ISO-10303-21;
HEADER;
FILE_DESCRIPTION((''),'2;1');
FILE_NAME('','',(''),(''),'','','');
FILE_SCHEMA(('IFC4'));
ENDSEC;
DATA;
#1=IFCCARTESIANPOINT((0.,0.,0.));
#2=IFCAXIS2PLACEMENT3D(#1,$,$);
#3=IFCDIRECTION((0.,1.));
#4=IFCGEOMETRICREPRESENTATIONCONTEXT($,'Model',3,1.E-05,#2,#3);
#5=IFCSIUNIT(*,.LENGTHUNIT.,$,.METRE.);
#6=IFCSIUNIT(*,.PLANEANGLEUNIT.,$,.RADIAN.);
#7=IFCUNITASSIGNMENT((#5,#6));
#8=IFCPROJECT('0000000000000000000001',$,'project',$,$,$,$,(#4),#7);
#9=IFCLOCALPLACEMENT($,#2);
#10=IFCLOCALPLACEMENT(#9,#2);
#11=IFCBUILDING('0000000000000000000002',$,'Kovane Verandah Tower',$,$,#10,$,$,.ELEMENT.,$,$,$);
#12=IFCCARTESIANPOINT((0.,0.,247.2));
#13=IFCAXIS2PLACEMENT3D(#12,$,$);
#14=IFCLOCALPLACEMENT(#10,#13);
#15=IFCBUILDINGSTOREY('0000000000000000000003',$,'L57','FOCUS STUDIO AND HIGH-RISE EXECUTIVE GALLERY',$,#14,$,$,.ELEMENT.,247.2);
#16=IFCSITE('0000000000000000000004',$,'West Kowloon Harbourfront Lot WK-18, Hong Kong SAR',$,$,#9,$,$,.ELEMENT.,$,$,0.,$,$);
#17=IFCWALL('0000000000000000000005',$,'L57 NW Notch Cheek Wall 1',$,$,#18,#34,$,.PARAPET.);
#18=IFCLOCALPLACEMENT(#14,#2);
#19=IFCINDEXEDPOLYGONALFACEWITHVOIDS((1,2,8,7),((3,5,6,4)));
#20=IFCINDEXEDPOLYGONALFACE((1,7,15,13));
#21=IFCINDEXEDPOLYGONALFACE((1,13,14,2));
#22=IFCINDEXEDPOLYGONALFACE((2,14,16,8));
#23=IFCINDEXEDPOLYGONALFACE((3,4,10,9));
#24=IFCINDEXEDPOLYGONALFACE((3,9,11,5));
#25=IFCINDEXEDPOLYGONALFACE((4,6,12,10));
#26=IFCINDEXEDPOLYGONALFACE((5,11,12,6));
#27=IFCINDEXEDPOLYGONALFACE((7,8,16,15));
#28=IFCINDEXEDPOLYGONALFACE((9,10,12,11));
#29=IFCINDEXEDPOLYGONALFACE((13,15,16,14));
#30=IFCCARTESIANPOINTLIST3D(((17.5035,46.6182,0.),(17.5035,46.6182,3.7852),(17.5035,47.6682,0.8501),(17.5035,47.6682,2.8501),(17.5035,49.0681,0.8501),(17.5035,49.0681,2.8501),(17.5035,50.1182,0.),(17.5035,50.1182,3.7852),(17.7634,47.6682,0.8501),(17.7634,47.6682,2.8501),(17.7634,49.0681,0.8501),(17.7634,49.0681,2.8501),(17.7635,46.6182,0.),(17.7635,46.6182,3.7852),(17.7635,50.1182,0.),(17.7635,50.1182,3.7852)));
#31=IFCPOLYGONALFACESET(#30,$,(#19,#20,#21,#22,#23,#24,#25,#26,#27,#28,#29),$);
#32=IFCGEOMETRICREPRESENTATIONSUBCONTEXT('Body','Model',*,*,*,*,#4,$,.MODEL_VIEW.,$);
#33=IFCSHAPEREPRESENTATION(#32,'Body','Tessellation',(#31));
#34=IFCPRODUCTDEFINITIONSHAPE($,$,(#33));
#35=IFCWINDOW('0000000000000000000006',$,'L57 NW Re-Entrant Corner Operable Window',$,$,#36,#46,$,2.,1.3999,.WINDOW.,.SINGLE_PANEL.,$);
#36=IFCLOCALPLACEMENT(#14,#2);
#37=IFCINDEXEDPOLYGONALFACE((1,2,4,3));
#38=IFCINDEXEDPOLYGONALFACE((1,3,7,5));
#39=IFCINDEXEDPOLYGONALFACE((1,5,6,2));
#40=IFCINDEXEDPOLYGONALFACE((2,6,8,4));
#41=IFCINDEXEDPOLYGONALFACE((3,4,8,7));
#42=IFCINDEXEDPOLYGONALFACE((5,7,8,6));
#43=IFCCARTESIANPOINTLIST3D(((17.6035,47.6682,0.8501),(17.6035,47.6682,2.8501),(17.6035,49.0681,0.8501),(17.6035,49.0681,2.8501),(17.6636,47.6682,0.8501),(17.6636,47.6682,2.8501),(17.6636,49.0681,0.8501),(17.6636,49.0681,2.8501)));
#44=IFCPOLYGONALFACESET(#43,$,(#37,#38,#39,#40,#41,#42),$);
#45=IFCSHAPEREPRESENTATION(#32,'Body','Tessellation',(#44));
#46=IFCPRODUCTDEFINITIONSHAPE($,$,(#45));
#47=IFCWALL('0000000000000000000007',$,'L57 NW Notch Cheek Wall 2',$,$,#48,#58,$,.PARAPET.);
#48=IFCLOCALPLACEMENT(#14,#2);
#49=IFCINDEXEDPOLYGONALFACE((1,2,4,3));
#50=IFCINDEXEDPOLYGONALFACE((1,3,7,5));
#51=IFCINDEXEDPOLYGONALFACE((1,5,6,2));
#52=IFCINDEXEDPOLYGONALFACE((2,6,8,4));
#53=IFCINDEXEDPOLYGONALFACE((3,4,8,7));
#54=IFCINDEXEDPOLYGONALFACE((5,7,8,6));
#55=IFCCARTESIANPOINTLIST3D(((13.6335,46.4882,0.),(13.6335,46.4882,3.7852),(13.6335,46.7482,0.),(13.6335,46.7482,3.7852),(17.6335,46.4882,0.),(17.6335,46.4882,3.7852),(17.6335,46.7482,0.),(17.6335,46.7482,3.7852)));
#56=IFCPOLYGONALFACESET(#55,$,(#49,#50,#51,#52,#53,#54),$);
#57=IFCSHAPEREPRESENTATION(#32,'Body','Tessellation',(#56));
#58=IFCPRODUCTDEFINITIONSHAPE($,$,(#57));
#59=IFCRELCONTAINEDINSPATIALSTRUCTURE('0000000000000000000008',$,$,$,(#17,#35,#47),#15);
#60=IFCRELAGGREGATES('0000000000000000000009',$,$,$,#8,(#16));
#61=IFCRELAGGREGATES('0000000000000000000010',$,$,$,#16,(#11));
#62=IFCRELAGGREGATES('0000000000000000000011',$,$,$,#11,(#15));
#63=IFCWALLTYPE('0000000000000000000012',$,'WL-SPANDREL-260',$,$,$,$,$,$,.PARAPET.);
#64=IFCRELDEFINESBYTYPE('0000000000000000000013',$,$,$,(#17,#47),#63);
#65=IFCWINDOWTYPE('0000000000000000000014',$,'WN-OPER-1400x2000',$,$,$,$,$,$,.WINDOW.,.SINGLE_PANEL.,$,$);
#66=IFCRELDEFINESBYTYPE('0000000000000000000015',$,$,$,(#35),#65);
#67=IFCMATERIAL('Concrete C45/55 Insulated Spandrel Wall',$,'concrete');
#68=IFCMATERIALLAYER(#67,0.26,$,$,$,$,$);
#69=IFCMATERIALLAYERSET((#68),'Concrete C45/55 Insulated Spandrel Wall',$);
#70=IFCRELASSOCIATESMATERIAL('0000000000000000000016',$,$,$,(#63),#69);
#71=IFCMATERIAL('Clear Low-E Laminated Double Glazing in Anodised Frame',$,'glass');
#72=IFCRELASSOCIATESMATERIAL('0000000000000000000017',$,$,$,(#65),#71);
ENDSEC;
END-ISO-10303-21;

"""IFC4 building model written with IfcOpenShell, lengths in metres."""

from ifc_helpers import new_model, si_unit, direction, frame, frame_2d, origin, place, context, subcontext, project, spatial, rectangle, extrude, material, layer, layer_set, type_object, element, fill, save


model = new_model("IFC4")

# Units and contexts
model_context = context("Model", 3, precision=1e-05, world=origin(), true_north=direction((0.0, 1.0)))
body_context = subcontext(model_context, "Body", "Model", "MODEL_VIEW")
ifc_project = project(units=[si_unit("LENGTHUNIT", "METRE"), si_unit("PLANEANGLEUNIT", "RADIAN")], contexts=[model_context])

# Site, building, storey
site_placement = place(None, origin())
site = spatial("IfcSite", under=ifc_project, at=site_placement, Name="West Kowloon Harbourfront Lot WK-18, Hong Kong SAR", CompositionType="ELEMENT", RefElevation=0.0)
building_placement = place(site_placement, origin())
building = spatial("IfcBuilding", under=site, at=building_placement, Name="Kovane Verandah Tower", CompositionType="ELEMENT")
storey_placement = place(building_placement, frame((0.0, 0.0, 247.2)))
storey = spatial("IfcBuildingStorey", under=building, at=storey_placement, Name="L57", Description="FOCUS STUDIO AND HIGH-RISE EXECUTIVE GALLERY", CompositionType="ELEMENT", Elevation=247.2)

# Shared definitions
ifc_material_1 = material(Name="Concrete C45/55 Insulated Spandrel Wall", Category="concrete")
ifc_layer_1 = layer(ifc_material_1, 0.26)
ifc_layer_set_1 = layer_set([ifc_layer_1], Name="Concrete C45/55 Insulated Spandrel Wall")
wall_type_1 = type_object("IfcWallType", Name="WL-SPANDREL-260", PredefinedType="PARAPET", material=ifc_layer_set_1)
ifc_material_2 = material(Name="Clear Low-E Laminated Double Glazing in Anodised Frame", Category="glass")

# Wall, opening, window
wall_1_placement = place(storey_placement, frame((17.6335, 50.1182, 0.0), z_axis=(0.0, 0.0, 1.0), x_axis=(0.0, -1.0, 0.0)))
wall_1 = element("IfcWall", 1, at=wall_1_placement, inside=storey, type_object=wall_type_1, Name="L57 NW Notch Cheek Wall 1", PredefinedType="PARAPET", context=body_context, shape_type="SweptSolid", body=[
    extrude(rectangle(XDim=3.5, YDim=0.26, at=frame_2d((1.75, 0.0))), origin(), (0.0, 0.0, 1.0), 3.7852),
])
opening_1_placement = place(wall_1_placement, frame((1.05, 0.0, 0.8501)))
opening_1 = element("IfcOpeningElement", 2, at=opening_1_placement, cuts=wall_1, PredefinedType="OPENING", context=body_context, shape_type="SweptSolid", body=[
    extrude(rectangle(XDim=1.3999, YDim=2.0, at=frame_2d((0.7, 1.0))), frame((0.0, 0.1299, 0.0), z_axis=(0.0, -1.0, 0.0), x_axis=(1.0, 0.0, 0.0)), (0.0, 0.0, 1.0), 0.26),
])
window_type_1 = type_object("IfcWindowType", Name="WN-OPER-1400x2000", PartitioningType="SINGLE_PANEL", PredefinedType="WINDOW", material=ifc_material_2)
window_1_placement = place(opening_1_placement, origin())
window_1 = element("IfcWindow", 3, at=window_1_placement, inside=storey, type_object=window_type_1, Name="L57 NW Re-Entrant Corner Operable Window", OverallHeight=2.0, OverallWidth=1.3999, PartitioningType="SINGLE_PANEL", PredefinedType="WINDOW", context=body_context, shape_type="SweptSolid", body=[
    extrude(rectangle(XDim=1.3999, YDim=2.0, at=frame_2d((0.7, 1.0))), frame((0.0, 0.03, 0.0), z_axis=(0.0, -1.0, 0.0), x_axis=(1.0, 0.0, 0.0)), (0.0, 0.0, 1.0), 0.0601),
])
fill(opening_1, window_1)

# Wall
wall_2_placement = place(storey_placement, frame((17.6335, 46.6182, 0.0), z_axis=(0.0, 0.0, 1.0), x_axis=(-1.0, 0.0, 0.0)))
element("IfcWall", 4, at=wall_2_placement, inside=storey, type_object=wall_type_1, Name="L57 NW Notch Cheek Wall 2", PredefinedType="PARAPET", context=body_context, shape_type="SweptSolid", body=[
    extrude(rectangle(XDim=4.0, YDim=0.26, at=frame_2d((2.0, 0.0))), origin(), (0.0, 0.0, 1.0), 3.7852),
])

save(model, "model.ifc")
